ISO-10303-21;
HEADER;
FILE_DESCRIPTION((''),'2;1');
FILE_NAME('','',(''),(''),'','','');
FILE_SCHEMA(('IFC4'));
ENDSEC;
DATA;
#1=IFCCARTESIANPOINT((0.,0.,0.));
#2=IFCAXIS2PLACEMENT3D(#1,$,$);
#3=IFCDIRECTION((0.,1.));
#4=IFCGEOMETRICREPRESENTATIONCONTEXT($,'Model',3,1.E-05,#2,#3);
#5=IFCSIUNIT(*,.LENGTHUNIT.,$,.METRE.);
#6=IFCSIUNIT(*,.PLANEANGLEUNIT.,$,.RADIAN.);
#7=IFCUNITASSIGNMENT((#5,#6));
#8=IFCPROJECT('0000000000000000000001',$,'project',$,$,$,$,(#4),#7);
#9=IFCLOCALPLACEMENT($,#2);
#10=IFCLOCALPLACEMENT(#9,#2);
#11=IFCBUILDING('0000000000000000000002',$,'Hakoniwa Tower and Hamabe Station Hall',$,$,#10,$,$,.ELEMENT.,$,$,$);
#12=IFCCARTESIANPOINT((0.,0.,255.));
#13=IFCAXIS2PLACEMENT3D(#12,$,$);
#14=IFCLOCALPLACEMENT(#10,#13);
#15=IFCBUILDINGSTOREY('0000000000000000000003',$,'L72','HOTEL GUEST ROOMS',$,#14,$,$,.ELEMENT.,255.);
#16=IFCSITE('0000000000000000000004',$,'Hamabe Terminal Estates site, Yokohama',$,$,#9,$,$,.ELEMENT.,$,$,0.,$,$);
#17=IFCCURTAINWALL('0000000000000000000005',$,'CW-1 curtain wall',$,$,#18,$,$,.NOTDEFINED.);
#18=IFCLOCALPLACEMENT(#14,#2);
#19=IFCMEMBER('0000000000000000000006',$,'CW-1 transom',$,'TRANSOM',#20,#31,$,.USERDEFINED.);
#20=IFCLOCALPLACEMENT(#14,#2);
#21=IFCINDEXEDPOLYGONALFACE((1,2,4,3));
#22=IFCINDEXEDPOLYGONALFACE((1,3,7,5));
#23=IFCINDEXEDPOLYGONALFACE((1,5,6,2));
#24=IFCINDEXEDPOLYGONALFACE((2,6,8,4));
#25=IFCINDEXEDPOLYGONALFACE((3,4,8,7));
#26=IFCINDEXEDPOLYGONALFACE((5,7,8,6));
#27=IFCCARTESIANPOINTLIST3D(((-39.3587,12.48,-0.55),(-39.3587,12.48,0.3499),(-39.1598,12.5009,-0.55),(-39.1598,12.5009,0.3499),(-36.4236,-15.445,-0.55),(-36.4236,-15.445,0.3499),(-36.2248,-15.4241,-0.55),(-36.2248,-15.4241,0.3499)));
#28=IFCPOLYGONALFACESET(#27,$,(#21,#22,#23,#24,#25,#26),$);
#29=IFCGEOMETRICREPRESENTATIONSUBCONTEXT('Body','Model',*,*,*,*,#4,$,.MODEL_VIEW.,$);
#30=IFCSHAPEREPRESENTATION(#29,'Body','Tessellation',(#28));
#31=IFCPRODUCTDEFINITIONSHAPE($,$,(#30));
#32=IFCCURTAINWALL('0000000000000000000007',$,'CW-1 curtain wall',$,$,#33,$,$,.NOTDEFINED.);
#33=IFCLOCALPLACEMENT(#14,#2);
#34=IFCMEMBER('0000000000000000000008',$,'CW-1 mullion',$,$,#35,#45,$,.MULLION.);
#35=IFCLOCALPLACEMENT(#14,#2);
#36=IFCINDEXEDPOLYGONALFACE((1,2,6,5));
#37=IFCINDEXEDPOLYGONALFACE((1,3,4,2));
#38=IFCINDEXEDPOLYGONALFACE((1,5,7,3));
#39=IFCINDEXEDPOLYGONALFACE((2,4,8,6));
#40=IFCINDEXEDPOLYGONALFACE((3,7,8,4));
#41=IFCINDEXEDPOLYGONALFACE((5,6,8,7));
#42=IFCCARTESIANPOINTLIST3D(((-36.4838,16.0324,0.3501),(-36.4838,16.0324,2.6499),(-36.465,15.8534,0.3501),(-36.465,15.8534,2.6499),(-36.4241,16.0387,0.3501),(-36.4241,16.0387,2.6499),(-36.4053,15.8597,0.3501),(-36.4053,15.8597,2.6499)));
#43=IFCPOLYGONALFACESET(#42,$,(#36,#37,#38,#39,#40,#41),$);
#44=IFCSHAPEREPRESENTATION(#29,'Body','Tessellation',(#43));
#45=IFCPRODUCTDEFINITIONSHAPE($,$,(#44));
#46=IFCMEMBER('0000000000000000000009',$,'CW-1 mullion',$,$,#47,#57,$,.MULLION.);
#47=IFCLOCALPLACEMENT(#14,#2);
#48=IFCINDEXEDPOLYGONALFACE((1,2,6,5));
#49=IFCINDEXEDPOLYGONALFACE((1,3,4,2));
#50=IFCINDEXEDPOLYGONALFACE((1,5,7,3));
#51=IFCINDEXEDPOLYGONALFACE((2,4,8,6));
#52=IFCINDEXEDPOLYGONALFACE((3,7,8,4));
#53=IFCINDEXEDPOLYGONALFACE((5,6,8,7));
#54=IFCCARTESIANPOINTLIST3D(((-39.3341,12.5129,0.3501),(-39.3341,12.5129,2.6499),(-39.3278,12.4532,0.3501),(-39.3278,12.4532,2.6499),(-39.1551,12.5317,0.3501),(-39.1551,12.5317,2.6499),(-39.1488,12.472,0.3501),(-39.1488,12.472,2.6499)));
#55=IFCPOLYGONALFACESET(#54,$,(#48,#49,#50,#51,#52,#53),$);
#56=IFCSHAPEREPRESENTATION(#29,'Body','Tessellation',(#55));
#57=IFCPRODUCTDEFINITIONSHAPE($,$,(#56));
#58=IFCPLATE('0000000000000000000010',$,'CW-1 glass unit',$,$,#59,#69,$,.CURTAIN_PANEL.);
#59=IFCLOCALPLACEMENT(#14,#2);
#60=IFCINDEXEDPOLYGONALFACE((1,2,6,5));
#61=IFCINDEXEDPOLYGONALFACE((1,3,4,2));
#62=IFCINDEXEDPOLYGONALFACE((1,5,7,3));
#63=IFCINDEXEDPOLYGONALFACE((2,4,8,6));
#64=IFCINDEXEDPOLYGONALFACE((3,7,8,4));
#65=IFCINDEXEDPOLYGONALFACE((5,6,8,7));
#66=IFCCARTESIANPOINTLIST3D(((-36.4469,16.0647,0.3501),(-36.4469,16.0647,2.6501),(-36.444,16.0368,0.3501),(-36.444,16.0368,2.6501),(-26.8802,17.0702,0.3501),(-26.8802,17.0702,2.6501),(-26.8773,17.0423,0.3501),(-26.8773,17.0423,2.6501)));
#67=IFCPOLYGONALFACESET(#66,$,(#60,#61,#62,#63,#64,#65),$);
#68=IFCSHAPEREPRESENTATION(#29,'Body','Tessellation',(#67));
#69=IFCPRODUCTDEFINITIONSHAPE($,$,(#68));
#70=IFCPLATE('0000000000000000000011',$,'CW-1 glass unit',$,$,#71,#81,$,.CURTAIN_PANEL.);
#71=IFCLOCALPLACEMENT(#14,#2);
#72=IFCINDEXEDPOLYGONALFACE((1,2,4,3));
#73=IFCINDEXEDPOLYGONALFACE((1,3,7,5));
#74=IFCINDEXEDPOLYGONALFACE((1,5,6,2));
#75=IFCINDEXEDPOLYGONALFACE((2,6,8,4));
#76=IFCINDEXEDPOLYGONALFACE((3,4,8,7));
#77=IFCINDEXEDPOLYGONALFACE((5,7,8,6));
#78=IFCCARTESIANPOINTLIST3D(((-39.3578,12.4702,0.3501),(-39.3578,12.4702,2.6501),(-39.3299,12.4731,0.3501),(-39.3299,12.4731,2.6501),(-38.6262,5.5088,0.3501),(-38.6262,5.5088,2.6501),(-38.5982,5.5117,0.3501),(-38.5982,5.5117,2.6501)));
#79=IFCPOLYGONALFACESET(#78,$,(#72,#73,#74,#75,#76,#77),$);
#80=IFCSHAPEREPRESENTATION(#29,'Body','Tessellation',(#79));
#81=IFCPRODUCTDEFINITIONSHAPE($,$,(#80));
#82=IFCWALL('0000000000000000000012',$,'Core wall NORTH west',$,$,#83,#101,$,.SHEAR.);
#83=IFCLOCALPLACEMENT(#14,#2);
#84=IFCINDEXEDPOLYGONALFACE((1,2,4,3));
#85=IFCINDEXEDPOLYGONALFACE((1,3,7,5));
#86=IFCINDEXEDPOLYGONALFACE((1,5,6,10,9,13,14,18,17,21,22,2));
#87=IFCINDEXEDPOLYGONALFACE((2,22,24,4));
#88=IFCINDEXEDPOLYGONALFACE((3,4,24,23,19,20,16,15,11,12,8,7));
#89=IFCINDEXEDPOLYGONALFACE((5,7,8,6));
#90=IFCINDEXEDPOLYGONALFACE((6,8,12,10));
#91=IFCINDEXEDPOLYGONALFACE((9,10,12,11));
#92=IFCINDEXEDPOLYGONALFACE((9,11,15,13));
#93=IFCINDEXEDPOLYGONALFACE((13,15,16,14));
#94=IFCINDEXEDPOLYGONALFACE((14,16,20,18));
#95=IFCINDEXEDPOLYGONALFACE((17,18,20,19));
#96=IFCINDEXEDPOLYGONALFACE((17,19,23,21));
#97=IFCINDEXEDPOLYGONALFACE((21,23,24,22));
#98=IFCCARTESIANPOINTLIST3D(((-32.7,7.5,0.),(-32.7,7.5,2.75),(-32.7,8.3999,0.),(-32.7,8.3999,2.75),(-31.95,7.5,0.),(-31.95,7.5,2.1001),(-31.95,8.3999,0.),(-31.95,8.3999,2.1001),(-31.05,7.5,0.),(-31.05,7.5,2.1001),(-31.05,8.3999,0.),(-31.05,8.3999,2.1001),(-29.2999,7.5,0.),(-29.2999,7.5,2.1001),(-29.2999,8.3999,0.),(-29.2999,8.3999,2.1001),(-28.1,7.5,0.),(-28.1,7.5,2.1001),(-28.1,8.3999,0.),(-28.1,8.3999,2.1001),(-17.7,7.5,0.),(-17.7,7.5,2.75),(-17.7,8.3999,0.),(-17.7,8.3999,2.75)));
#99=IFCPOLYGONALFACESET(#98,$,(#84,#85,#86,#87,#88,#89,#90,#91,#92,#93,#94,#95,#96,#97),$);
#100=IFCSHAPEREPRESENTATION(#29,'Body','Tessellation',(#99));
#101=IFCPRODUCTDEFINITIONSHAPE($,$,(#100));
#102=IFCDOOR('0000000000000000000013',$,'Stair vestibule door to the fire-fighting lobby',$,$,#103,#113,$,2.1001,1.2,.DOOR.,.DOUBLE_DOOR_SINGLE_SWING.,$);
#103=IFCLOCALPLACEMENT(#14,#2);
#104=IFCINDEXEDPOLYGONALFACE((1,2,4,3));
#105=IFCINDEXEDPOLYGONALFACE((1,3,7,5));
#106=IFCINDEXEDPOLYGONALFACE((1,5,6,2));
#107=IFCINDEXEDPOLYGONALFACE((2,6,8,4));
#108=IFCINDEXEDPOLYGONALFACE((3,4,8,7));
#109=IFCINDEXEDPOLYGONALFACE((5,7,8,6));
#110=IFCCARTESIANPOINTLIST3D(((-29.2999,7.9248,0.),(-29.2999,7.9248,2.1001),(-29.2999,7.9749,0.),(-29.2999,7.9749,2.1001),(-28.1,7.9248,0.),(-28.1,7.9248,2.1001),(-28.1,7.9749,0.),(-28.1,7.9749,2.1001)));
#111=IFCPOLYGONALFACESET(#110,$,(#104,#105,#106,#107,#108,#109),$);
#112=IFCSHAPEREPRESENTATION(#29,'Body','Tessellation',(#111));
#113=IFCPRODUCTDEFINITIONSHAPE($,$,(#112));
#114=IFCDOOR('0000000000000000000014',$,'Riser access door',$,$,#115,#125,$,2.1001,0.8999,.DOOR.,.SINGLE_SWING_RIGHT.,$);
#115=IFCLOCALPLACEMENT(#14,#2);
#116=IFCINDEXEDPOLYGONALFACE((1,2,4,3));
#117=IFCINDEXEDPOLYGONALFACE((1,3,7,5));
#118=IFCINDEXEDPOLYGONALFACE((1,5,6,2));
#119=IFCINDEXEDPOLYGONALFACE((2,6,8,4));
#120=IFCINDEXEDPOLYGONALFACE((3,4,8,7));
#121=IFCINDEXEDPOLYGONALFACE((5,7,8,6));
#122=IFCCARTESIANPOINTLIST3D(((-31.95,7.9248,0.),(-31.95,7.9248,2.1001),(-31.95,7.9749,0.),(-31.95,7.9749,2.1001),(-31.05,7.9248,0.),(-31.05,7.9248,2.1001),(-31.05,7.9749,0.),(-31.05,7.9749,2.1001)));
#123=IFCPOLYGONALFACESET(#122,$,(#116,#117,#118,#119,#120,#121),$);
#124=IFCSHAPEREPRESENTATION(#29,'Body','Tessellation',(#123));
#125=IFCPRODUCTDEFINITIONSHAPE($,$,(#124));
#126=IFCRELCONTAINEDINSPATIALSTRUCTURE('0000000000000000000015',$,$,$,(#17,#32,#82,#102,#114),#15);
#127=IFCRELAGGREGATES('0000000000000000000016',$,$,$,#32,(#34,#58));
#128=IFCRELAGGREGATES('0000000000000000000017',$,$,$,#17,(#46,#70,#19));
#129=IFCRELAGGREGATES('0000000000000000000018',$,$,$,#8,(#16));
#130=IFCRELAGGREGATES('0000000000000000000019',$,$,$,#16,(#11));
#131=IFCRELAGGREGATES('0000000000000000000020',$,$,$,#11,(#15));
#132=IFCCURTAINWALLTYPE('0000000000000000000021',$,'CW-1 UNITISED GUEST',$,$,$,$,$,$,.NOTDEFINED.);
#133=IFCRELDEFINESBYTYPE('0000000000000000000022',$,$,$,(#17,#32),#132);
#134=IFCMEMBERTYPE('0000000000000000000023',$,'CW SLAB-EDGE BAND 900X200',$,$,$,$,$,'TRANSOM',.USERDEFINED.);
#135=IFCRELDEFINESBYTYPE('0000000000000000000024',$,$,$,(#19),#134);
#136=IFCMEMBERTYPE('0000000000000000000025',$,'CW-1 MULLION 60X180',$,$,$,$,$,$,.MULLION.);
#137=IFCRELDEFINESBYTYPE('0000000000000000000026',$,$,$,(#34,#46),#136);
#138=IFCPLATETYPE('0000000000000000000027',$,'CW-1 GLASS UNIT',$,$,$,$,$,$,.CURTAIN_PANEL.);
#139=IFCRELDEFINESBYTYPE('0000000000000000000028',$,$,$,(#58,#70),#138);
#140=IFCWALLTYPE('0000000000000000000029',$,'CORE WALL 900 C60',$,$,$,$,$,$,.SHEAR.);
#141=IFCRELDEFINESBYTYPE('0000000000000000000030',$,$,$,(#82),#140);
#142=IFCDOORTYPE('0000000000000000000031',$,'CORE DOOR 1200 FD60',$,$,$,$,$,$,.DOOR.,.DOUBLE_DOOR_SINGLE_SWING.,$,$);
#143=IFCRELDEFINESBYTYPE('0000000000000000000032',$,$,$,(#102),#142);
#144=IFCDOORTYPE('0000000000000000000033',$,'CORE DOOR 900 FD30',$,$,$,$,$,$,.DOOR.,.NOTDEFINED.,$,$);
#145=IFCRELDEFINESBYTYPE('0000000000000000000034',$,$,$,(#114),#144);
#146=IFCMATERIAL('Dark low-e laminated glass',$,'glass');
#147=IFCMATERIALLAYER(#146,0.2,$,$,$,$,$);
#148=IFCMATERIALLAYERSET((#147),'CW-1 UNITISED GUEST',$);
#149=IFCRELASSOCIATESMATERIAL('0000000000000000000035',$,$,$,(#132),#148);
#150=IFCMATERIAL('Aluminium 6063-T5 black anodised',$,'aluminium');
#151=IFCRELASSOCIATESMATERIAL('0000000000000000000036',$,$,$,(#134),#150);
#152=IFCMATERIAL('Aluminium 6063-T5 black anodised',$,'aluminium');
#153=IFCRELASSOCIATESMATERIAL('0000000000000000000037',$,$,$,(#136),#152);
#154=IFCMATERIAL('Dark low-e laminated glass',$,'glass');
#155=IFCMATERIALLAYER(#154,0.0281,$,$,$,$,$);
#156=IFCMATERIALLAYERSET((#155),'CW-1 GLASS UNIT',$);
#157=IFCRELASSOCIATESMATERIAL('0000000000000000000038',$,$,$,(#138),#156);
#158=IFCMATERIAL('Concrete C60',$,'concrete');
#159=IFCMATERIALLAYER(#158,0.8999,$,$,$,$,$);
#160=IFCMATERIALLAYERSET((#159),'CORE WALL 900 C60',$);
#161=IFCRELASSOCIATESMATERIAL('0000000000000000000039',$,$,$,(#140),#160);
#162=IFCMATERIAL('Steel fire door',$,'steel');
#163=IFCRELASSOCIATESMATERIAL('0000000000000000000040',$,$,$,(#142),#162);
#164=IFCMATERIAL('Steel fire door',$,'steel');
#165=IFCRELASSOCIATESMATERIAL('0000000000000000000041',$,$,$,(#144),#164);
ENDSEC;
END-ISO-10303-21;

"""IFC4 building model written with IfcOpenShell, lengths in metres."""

from ifc_helpers import new_model, si_unit, direction, frame, frame_2d, origin, origin_2d, place, context, subcontext, project, spatial, rectangle, extrude, material, layer, layer_set, material_profile, profile_set, type_object, element, fill, aggregate, save


model = new_model("IFC4")

# Units and contexts
model_context = context("Model", 3, precision=1e-05, world=origin(), true_north=direction((0.0, 1.0)))
body_context = subcontext(model_context, "Body", "Model", "MODEL_VIEW")
ifc_project = project(units=[si_unit("LENGTHUNIT", "METRE"), si_unit("PLANEANGLEUNIT", "RADIAN")], contexts=[model_context])

# Site, building, storey
site_placement = place(None, origin())
site = spatial("IfcSite", under=ifc_project, at=site_placement, Name="Hamabe Terminal Estates site, Yokohama", CompositionType="ELEMENT", RefElevation=0.0)
building_placement = place(site_placement, origin())
building = spatial("IfcBuilding", under=site, at=building_placement, Name="Hakoniwa Tower and Hamabe Station Hall", CompositionType="ELEMENT")
storey_placement = place(building_placement, frame((0.0, 0.0, 255.0)))
storey = spatial("IfcBuildingStorey", under=building, at=storey_placement, Name="L72", Description="HOTEL GUEST ROOMS", CompositionType="ELEMENT", Elevation=255.0)

# Curtain walls, members
ifc_material_1 = material(Name="Dark low-e laminated glass", Category="glass")
ifc_layer_1 = layer(ifc_material_1, 0.2)
ifc_layer_set_1 = layer_set([ifc_layer_1], Name="CW-1 UNITISED GUEST")
curtain_wall_type = type_object("IfcCurtainWallType", Name="CW-1 UNITISED GUEST", PredefinedType="NOTDEFINED", material=ifc_layer_set_1)
curtain_wall_1_placement = place(storey_placement, origin())
curtain_wall_1 = element("IfcCurtainWall", 1, at=curtain_wall_1_placement, inside=storey, type_object=curtain_wall_type, Name="CW-1 curtain wall", PredefinedType="NOTDEFINED")
ifc_material_2 = material(Name="Aluminium 6063-T5 black anodised", Category="aluminium")
ifc_material_profile_1 = material_profile(ifc_material_2, rectangle(XDim=0.2, YDim=0.8999, at=origin_2d()), Name="CW SLAB-EDGE BAND 900X200")
ifc_profile_set_1 = profile_set([ifc_material_profile_1], Name="Aluminium 6063-T5 black anodised")
member_type_1 = type_object("IfcMemberType", Name="CW SLAB-EDGE BAND 900X200", ElementType="TRANSOM", PredefinedType="USERDEFINED", material=ifc_profile_set_1)
member_1_placement = place(storey_placement, frame((-39.2593, 12.4905, -0.1001), z_axis=(0.104529, -0.994522, 0.0), x_axis=(0.994522, 0.104529, 0.0)))
member_1 = element("IfcMember", 2, at=member_1_placement, type_object=member_type_1, Name="CW-1 transom", ObjectType="TRANSOM", PredefinedType="USERDEFINED", context=body_context, shape_type="SweptSolid", body=[
    extrude(rectangle(XDim=0.2, YDim=0.8999, at=origin_2d()), origin(), (0.0, 0.0, 1.0), 28.0789),
])
curtain_wall_2_placement = place(storey_placement, origin())
curtain_wall_2 = element("IfcCurtainWall", 3, at=curtain_wall_2_placement, inside=storey, type_object=curtain_wall_type, Name="CW-1 curtain wall", PredefinedType="NOTDEFINED")
ifc_material_3 = material(Name="Aluminium 6063-T5 black anodised", Category="aluminium")
ifc_material_profile_2 = material_profile(ifc_material_3, rectangle(XDim=0.0601, YDim=0.1799, at=origin_2d()), Name="CW-1 MULLION 60X180")
ifc_profile_set_2 = profile_set([ifc_material_profile_2], Name="Aluminium 6063-T5 black anodised")
member_type_2 = type_object("IfcMemberType", Name="CW-1 MULLION 60X180", PredefinedType="MULLION", material=ifc_profile_set_2)
member_2_placement = place(storey_placement, frame((-36.4446, 15.946, 0.3501), z_axis=(0.0, 0.0, 1.0), x_axis=(-0.994522, -0.104528, 0.0)))
member_2 = element("IfcMember", 4, at=member_2_placement, type_object=member_type_2, Name="CW-1 mullion", PredefinedType="MULLION", context=body_context, shape_type="SweptSolid", body=[
    extrude(rectangle(XDim=0.0601, YDim=0.1799, at=origin_2d()), origin(), (0.0, 0.0, 1.0), 2.2998),
])

# Member
member_3_placement = place(storey_placement, frame((-39.2415, 12.4924, 0.3501), z_axis=(0.0, 0.0, 1.0), x_axis=(0.104528, -0.994522, 0.0)))
member_3 = element("IfcMember", 5, at=member_3_placement, type_object=member_type_2, Name="CW-1 mullion", PredefinedType="MULLION", context=body_context, shape_type="SweptSolid", body=[
    extrude(rectangle(XDim=0.0601, YDim=0.1799, at=origin_2d()), origin(), (0.0, 0.0, 1.0), 2.2998),
])

# Plates
ifc_material_4 = material(Name="Dark low-e laminated glass", Category="glass")
ifc_layer_2 = layer(ifc_material_4, 0.0281)
ifc_layer_set_2 = layer_set([ifc_layer_2], Name="CW-1 GLASS UNIT")
plate_type = type_object("IfcPlateType", Name="CW-1 GLASS UNIT", PredefinedType="CURTAIN_PANEL", material=ifc_layer_set_2)
plate_1_placement = place(storey_placement, frame((-31.6621, 16.5535, 0.3501), z_axis=(0.0, 0.0, 1.0), x_axis=(-0.994522, -0.104528, 0.0)))
plate_1 = element("IfcPlate", 6, at=plate_1_placement, type_object=plate_type, Name="CW-1 glass unit", PredefinedType="CURTAIN_PANEL", context=body_context, shape_type="SweptSolid", body=[
    extrude(rectangle(XDim=9.6194, YDim=0.0281, at=origin_2d()), origin(), (0.0, 0.0, 1.0), 2.3),
])
aggregate(curtain_wall_2, [member_2, plate_1])
plate_2_placement = place(storey_placement, frame((-38.978, 8.991, 0.3501), z_axis=(0.0, 0.0, 1.0), x_axis=(0.104528, -0.994522, 0.0)))
plate_2 = element("IfcPlate", 7, at=plate_2_placement, type_object=plate_type, Name="CW-1 glass unit", PredefinedType="CURTAIN_PANEL", context=body_context, shape_type="SweptSolid", body=[
    extrude(rectangle(XDim=6.9998, YDim=0.0281, at=origin_2d()), origin(), (0.0, 0.0, 1.0), 2.3),
])
aggregate(curtain_wall_1, [member_3, plate_2, member_1])

# Wall, openings, doors
ifc_material_5 = material(Name="Concrete C60", Category="concrete")
ifc_layer_3 = layer(ifc_material_5, 0.8999)
ifc_layer_set_3 = layer_set([ifc_layer_3], Name="CORE WALL 900 C60")
wall_type_1 = type_object("IfcWallType", Name="CORE WALL 900 C60", PredefinedType="SHEAR", material=ifc_layer_set_3)
wall_1_placement = place(storey_placement, frame((-32.7, 7.95, 0.0), z_axis=(0.0, 0.0, 1.0), x_axis=(1.0, 0.0, 0.0)))
wall_1 = element("IfcWall", 8, at=wall_1_placement, inside=storey, type_object=wall_type_1, Name="Core wall NORTH west", PredefinedType="SHEAR", context=body_context, shape_type="SweptSolid", body=[
    extrude(rectangle(XDim=15.0, YDim=0.8999, at=frame_2d((7.5, 0.0))), origin(), (0.0, 0.0, 1.0), 2.75),
])
opening_1_placement = place(wall_1_placement, frame((3.3999, 0.0, 0.0)))
opening_1 = element("IfcOpeningElement", 9, at=opening_1_placement, cuts=wall_1, PredefinedType="OPENING", context=body_context, shape_type="SweptSolid", body=[
    extrude(rectangle(XDim=1.2, YDim=2.1001, at=frame_2d((0.6001, 1.05))), frame((0.0, 0.46, 0.0), z_axis=(0.0, -1.0, 0.0), x_axis=(1.0, 0.0, 0.0)), (0.0, 0.0, 1.0), 0.9199),
])
opening_2_placement = place(wall_1_placement, frame((0.75, 0.0, 0.0)))
opening_2 = element("IfcOpeningElement", 10, at=opening_2_placement, cuts=wall_1, PredefinedType="OPENING", context=body_context, shape_type="SweptSolid", body=[
    extrude(rectangle(XDim=0.8999, YDim=2.1001, at=frame_2d((0.45, 1.05))), frame((0.0, 0.46, 0.0), z_axis=(0.0, -1.0, 0.0), x_axis=(1.0, 0.0, 0.0)), (0.0, 0.0, 1.0), 0.9199),
])
ifc_material_6 = material(Name="Steel fire door", Category="steel")
door_type_1 = type_object("IfcDoorType", Name="CORE DOOR 1200 FD60", OperationType="DOUBLE_DOOR_SINGLE_SWING", PredefinedType="DOOR", material=ifc_material_6)
door_1_placement = place(opening_1_placement, origin())
door_1 = element("IfcDoor", 11, at=door_1_placement, inside=storey, type_object=door_type_1, Name="Stair vestibule door to the fire-fighting lobby", OperationType="DOUBLE_DOOR_SINGLE_SWING", OverallHeight=2.1001, OverallWidth=1.2, PredefinedType="DOOR", context=body_context, shape_type="SweptSolid", body=[
    extrude(rectangle(XDim=1.2, YDim=2.1001, at=frame_2d((0.6001, 1.05))), frame((0.0, 0.0249, 0.0), z_axis=(0.0, -1.0, 0.0), x_axis=(1.0, 0.0, 0.0)), (0.0, 0.0, 1.0), 0.05),
])
fill(opening_1, door_1)
ifc_material_7 = material(Name="Steel fire door", Category="steel")
door_type_2 = type_object("IfcDoorType", Name="CORE DOOR 900 FD30", OperationType="NOTDEFINED", PredefinedType="DOOR", material=ifc_material_7)
door_2_placement = place(opening_2_placement, origin())
door_2 = element("IfcDoor", 12, at=door_2_placement, inside=storey, type_object=door_type_2, Name="Riser access door", OperationType="SINGLE_SWING_RIGHT", OverallHeight=2.1001, OverallWidth=0.8999, PredefinedType="DOOR", context=body_context, shape_type="SweptSolid", body=[
    extrude(rectangle(XDim=0.8999, YDim=2.1001, at=frame_2d((0.45, 1.05))), frame((0.0, 0.0249, 0.0), z_axis=(0.0, -1.0, 0.0), x_axis=(1.0, 0.0, 0.0)), (0.0, 0.0, 1.0), 0.05),
])
fill(opening_2, door_2)

save(model, "model.ifc")
